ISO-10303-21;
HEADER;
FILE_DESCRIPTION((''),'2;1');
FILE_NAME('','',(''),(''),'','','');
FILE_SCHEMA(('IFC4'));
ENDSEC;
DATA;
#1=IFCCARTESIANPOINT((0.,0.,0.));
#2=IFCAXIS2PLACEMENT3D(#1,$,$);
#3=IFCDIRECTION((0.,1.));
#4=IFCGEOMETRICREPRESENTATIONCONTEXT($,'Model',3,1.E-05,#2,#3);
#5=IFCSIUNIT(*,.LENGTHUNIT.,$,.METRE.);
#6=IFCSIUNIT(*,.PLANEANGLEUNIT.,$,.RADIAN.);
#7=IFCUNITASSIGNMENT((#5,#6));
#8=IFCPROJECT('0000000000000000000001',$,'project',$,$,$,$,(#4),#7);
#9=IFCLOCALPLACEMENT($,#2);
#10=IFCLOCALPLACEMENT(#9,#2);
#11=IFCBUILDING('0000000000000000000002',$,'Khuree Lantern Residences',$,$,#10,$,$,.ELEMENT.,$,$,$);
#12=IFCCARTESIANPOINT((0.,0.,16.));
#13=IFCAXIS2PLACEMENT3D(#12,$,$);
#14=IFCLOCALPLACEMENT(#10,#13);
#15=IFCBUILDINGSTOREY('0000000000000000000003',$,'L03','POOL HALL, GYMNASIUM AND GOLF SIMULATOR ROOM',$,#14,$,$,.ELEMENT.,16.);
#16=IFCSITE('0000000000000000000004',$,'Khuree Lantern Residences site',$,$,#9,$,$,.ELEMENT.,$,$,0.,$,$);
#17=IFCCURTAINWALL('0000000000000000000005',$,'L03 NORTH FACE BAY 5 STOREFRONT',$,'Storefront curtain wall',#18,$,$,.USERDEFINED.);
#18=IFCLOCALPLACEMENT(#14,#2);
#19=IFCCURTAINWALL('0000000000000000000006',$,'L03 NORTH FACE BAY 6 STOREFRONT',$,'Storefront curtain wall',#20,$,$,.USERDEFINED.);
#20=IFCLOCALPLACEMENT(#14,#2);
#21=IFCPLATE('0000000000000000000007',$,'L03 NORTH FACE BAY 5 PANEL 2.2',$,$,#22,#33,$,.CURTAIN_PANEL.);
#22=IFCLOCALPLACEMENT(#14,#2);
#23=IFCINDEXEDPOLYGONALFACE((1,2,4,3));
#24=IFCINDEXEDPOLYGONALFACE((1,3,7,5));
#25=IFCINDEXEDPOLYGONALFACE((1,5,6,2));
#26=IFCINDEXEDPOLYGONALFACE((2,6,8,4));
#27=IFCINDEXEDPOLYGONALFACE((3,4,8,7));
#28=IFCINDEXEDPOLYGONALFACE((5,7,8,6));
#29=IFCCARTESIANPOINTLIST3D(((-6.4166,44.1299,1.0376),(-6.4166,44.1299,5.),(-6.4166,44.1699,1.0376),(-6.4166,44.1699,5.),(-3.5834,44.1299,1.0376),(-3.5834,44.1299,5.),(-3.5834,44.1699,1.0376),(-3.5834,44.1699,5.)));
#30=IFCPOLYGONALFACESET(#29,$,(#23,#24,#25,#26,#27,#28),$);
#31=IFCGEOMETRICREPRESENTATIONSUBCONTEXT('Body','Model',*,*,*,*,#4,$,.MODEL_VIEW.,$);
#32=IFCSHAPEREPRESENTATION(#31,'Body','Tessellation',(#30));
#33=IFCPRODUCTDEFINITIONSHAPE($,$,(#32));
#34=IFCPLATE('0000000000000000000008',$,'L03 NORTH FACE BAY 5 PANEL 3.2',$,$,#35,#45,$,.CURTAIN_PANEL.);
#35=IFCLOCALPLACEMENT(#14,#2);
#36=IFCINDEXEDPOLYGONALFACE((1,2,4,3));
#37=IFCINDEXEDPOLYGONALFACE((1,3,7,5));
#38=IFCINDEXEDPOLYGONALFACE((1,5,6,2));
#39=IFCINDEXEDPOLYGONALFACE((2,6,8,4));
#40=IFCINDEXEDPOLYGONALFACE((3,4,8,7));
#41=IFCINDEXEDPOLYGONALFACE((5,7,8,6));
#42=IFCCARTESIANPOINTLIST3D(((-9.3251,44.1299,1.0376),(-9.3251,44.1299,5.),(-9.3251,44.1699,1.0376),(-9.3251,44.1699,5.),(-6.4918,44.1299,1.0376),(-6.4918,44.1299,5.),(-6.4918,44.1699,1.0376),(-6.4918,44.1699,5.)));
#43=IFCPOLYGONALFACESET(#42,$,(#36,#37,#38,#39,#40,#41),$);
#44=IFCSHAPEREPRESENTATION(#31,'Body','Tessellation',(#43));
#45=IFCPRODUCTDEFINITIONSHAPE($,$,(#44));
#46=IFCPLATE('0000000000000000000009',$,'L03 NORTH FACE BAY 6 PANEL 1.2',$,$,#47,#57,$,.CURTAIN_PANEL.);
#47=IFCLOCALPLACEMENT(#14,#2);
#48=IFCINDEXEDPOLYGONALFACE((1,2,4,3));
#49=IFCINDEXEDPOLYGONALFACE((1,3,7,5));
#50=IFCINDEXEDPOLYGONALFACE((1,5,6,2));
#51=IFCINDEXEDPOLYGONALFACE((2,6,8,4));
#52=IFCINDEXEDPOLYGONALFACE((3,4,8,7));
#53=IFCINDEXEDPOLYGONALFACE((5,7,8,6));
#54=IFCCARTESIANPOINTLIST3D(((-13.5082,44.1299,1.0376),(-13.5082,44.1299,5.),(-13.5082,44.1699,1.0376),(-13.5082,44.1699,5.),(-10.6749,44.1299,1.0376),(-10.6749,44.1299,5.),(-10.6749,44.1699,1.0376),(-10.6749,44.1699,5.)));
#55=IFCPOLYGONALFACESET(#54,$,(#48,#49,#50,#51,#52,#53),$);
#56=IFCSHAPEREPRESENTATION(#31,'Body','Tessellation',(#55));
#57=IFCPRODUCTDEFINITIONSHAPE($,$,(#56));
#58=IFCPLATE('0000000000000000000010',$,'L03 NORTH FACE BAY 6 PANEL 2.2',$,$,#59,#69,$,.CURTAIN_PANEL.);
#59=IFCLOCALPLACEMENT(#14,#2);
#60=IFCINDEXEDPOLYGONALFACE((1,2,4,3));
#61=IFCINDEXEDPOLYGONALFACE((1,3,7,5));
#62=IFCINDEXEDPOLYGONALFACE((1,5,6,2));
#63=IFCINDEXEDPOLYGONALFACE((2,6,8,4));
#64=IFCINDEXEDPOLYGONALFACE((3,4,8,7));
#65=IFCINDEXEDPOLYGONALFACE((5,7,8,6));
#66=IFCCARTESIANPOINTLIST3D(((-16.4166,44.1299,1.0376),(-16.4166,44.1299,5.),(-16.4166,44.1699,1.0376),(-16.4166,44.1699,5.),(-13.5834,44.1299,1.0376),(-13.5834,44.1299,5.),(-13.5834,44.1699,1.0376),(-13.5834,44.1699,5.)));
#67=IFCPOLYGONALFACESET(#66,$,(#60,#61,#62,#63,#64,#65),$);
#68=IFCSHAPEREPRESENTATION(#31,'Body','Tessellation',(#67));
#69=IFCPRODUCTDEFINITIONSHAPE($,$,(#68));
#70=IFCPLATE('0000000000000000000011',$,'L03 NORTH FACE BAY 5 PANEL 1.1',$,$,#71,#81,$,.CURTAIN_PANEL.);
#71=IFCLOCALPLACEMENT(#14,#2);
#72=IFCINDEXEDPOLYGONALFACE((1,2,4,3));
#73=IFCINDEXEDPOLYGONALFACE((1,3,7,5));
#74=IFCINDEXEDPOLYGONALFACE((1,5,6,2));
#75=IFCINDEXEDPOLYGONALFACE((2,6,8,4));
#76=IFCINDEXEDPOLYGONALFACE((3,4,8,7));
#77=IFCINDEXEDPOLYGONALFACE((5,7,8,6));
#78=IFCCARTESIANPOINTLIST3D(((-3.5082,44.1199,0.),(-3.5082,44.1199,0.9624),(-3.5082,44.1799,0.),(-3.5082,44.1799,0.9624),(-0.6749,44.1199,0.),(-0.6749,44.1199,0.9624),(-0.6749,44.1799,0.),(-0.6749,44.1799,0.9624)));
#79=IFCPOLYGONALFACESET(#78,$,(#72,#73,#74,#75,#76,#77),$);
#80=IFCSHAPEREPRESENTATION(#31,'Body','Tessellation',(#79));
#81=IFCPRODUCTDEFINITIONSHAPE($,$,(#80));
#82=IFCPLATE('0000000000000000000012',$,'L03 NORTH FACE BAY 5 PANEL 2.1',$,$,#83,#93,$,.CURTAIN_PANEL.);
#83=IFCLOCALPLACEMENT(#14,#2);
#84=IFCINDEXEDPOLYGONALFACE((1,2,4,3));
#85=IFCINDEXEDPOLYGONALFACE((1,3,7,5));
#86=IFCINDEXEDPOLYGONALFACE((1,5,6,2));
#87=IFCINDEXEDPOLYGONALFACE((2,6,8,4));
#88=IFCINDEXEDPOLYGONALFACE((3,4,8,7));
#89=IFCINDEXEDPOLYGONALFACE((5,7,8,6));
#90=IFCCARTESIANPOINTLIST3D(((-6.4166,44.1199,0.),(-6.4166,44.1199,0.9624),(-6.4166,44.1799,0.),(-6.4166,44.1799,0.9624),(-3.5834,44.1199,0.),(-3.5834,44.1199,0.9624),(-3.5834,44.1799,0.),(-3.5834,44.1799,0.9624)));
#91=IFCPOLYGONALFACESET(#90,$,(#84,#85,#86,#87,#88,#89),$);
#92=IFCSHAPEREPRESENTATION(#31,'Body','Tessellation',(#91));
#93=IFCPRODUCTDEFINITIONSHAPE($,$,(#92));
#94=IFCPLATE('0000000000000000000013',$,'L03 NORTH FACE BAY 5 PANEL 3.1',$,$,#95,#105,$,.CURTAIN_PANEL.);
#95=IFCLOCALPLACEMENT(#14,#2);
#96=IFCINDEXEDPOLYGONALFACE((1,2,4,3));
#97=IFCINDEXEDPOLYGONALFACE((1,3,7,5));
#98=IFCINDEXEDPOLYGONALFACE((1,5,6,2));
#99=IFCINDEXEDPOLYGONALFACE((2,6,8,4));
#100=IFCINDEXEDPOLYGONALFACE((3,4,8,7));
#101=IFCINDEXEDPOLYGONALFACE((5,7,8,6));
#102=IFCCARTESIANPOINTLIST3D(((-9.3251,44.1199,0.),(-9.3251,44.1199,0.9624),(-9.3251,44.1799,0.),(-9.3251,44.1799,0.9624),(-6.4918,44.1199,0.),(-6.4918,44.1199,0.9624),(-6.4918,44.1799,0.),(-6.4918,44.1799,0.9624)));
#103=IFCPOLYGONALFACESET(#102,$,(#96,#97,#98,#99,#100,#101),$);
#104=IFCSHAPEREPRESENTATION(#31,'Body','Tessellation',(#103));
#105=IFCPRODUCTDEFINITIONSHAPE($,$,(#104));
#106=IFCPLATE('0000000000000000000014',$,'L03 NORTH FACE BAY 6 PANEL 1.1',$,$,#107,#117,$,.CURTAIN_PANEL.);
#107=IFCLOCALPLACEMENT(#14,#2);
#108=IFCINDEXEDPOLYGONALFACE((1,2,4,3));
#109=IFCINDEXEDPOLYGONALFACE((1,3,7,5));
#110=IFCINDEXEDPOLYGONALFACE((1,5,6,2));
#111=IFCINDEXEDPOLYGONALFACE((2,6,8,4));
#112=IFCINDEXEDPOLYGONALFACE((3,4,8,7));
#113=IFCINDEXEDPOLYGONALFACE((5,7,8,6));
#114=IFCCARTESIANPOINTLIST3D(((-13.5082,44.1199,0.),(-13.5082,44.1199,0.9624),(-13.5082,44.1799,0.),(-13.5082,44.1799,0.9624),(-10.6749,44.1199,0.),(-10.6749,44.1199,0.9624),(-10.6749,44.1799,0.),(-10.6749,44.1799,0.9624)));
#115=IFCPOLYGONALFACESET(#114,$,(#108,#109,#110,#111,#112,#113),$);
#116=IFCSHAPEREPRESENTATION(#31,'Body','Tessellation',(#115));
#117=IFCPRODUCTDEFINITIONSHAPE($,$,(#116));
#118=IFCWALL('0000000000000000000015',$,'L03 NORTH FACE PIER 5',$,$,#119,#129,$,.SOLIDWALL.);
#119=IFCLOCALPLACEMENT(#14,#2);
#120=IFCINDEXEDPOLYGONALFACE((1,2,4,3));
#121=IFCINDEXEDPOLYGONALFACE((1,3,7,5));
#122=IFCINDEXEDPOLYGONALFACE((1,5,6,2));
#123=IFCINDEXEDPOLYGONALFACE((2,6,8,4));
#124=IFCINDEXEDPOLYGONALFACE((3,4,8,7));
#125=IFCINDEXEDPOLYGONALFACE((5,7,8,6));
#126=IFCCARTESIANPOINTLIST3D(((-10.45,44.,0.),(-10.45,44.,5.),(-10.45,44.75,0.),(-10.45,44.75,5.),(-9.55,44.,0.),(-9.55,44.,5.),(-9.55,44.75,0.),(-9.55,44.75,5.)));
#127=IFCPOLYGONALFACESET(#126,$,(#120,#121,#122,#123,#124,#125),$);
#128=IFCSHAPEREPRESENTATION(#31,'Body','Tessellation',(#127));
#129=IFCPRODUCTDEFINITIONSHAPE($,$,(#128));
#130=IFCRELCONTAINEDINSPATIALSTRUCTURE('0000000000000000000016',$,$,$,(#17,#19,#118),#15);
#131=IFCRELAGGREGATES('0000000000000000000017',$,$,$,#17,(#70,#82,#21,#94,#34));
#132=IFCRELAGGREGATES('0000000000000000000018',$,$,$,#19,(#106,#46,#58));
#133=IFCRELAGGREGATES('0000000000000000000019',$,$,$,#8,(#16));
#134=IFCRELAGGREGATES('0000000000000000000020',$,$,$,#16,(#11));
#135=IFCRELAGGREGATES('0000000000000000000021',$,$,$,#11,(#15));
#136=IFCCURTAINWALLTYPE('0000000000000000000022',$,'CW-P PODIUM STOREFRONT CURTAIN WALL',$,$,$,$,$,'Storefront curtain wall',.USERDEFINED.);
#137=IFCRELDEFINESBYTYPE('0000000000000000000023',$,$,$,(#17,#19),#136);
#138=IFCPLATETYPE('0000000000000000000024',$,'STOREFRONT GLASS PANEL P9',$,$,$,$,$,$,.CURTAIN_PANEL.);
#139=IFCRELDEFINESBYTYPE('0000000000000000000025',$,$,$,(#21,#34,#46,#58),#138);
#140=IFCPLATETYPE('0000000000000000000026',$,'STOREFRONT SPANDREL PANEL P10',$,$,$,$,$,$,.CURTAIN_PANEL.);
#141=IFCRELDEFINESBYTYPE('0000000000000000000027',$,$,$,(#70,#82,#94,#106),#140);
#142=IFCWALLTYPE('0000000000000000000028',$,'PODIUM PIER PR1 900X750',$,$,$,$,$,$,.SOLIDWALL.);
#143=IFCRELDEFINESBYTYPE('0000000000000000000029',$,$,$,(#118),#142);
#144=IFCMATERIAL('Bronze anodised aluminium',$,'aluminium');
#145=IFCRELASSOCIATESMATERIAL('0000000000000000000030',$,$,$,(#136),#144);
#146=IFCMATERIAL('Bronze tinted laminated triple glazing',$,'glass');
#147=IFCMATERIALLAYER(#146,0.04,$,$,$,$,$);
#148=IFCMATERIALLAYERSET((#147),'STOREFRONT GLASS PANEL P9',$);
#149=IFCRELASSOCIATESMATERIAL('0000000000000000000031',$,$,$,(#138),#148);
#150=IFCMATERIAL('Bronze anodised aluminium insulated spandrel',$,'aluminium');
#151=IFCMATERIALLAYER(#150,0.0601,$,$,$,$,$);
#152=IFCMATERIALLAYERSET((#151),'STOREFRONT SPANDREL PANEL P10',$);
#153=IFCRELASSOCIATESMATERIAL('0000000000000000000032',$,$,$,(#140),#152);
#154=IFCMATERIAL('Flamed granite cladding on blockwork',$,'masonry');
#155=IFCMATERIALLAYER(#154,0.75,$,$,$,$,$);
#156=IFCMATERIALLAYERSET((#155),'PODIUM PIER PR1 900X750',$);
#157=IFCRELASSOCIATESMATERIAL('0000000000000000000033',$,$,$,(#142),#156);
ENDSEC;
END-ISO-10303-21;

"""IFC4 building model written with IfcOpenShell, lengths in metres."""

from ifc_helpers import new_model, si_unit, direction, frame, frame_2d, origin, origin_2d, place, context, subcontext, project, spatial, rectangle, extrude, material, layer, layer_set, type_object, element, aggregate, save


model = new_model("IFC4")

# Units and contexts
model_context = context("Model", 3, precision=1e-05, world=origin(), true_north=direction((0.0, 1.0)))
body_context = subcontext(model_context, "Body", "Model", "MODEL_VIEW")
ifc_project = project(units=[si_unit("LENGTHUNIT", "METRE"), si_unit("PLANEANGLEUNIT", "RADIAN")], contexts=[model_context])

# Site, building, storey
site_placement = place(None, origin())
site = spatial("IfcSite", under=ifc_project, at=site_placement, Name="Khuree Lantern Residences site", CompositionType="ELEMENT", RefElevation=0.0)
building_placement = place(site_placement, origin())
building = spatial("IfcBuilding", under=site, at=building_placement, Name="Khuree Lantern Residences", CompositionType="ELEMENT")
storey_placement = place(building_placement, frame((0.0, 0.0, 16.0)))
storey = spatial("IfcBuildingStorey", under=building, at=storey_placement, Name="L03", Description="POOL HALL, GYMNASIUM AND GOLF SIMULATOR ROOM", CompositionType="ELEMENT", Elevation=16.0)

# Curtain walls
ifc_material_1 = material(Name="Bronze anodised aluminium", Category="aluminium")
curtain_wall_type = type_object("IfcCurtainWallType", Name="CW-P PODIUM STOREFRONT CURTAIN WALL", ElementType="Storefront curtain wall", PredefinedType="USERDEFINED", material=ifc_material_1)
curtain_wall_1_placement = place(storey_placement, origin())
curtain_wall_1 = element("IfcCurtainWall", 1, at=curtain_wall_1_placement, inside=storey, type_object=curtain_wall_type, Name="L03 NORTH FACE BAY 5 STOREFRONT", ObjectType="Storefront curtain wall", PredefinedType="USERDEFINED")
curtain_wall_2_placement = place(storey_placement, origin())
curtain_wall_2 = element("IfcCurtainWall", 2, at=curtain_wall_2_placement, inside=storey, type_object=curtain_wall_type, Name="L03 NORTH FACE BAY 6 STOREFRONT", ObjectType="Storefront curtain wall", PredefinedType="USERDEFINED")

# Plates
ifc_material_2 = material(Name="Bronze tinted laminated triple glazing", Category="glass")
ifc_layer_1 = layer(ifc_material_2, 0.04)
ifc_layer_set_1 = layer_set([ifc_layer_1], Name="STOREFRONT GLASS PANEL P9")
plate_type_1 = type_object("IfcPlateType", Name="STOREFRONT GLASS PANEL P9", PredefinedType="CURTAIN_PANEL", material=ifc_layer_set_1)
plate_1_placement = place(storey_placement, frame((-5.0, 44.1499, 1.0376), z_axis=(0.0, 0.0, 1.0), x_axis=(-1.0, 0.0, 0.0)))
plate_1 = element("IfcPlate", 3, at=plate_1_placement, type_object=plate_type_1, Name="L03 NORTH FACE BAY 5 PANEL 2.2", PredefinedType="CURTAIN_PANEL", context=body_context, shape_type="SweptSolid", body=[
    extrude(rectangle(XDim=2.8333, YDim=0.04, at=origin_2d()), origin(), (0.0, 0.0, 1.0), 3.9624),
])
plate_2_placement = place(storey_placement, frame((-7.9084, 44.1499, 1.0376), z_axis=(0.0, 0.0, 1.0), x_axis=(-1.0, 0.0, 0.0)))
plate_2 = element("IfcPlate", 4, at=plate_2_placement, type_object=plate_type_1, Name="L03 NORTH FACE BAY 5 PANEL 3.2", PredefinedType="CURTAIN_PANEL", context=body_context, shape_type="SweptSolid", body=[
    extrude(rectangle(XDim=2.8333, YDim=0.04, at=origin_2d()), origin(), (0.0, 0.0, 1.0), 3.9624),
])
plate_3_placement = place(storey_placement, frame((-12.0916, 44.1499, 1.0376), z_axis=(0.0, 0.0, 1.0), x_axis=(-1.0, 0.0, 0.0)))
plate_3 = element("IfcPlate", 5, at=plate_3_placement, type_object=plate_type_1, Name="L03 NORTH FACE BAY 6 PANEL 1.2", PredefinedType="CURTAIN_PANEL", context=body_context, shape_type="SweptSolid", body=[
    extrude(rectangle(XDim=2.8333, YDim=0.04, at=origin_2d()), origin(), (0.0, 0.0, 1.0), 3.9624),
])
plate_4_placement = place(storey_placement, frame((-15.0, 44.1499, 1.0376), z_axis=(0.0, 0.0, 1.0), x_axis=(-1.0, 0.0, 0.0)))
plate_4 = element("IfcPlate", 6, at=plate_4_placement, type_object=plate_type_1, Name="L03 NORTH FACE BAY 6 PANEL 2.2", PredefinedType="CURTAIN_PANEL", context=body_context, shape_type="SweptSolid", body=[
    extrude(rectangle(XDim=2.8333, YDim=0.04, at=origin_2d()), origin(), (0.0, 0.0, 1.0), 3.9624),
])
ifc_material_3 = material(Name="Bronze anodised aluminium insulated spandrel", Category="aluminium")
ifc_layer_2 = layer(ifc_material_3, 0.0601)
ifc_layer_set_2 = layer_set([ifc_layer_2], Name="STOREFRONT SPANDREL PANEL P10")
plate_type_2 = type_object("IfcPlateType", Name="STOREFRONT SPANDREL PANEL P10", PredefinedType="CURTAIN_PANEL", material=ifc_layer_set_2)
plate_5_placement = place(storey_placement, frame((-2.0916, 44.1499, 0.0), z_axis=(0.0, 0.0, 1.0), x_axis=(-1.0, 0.0, 0.0)))
plate_5 = element("IfcPlate", 7, at=plate_5_placement, type_object=plate_type_2, Name="L03 NORTH FACE BAY 5 PANEL 1.1", PredefinedType="CURTAIN_PANEL", context=body_context, shape_type="SweptSolid", body=[
    extrude(rectangle(XDim=2.8333, YDim=0.0601, at=origin_2d()), origin(), (0.0, 0.0, 1.0), 0.9624),
])
plate_6_placement = place(storey_placement, frame((-5.0, 44.1499, 0.0), z_axis=(0.0, 0.0, 1.0), x_axis=(-1.0, 0.0, 0.0)))
plate_6 = element("IfcPlate", 8, at=plate_6_placement, type_object=plate_type_2, Name="L03 NORTH FACE BAY 5 PANEL 2.1", PredefinedType="CURTAIN_PANEL", context=body_context, shape_type="SweptSolid", body=[
    extrude(rectangle(XDim=2.8333, YDim=0.0601, at=origin_2d()), origin(), (0.0, 0.0, 1.0), 0.9624),
])
plate_7_placement = place(storey_placement, frame((-7.9084, 44.1499, 0.0), z_axis=(0.0, 0.0, 1.0), x_axis=(-1.0, 0.0, 0.0)))
plate_7 = element("IfcPlate", 9, at=plate_7_placement, type_object=plate_type_2, Name="L03 NORTH FACE BAY 5 PANEL 3.1", PredefinedType="CURTAIN_PANEL", context=body_context, shape_type="SweptSolid", body=[
    extrude(rectangle(XDim=2.8333, YDim=0.0601, at=origin_2d()), origin(), (0.0, 0.0, 1.0), 0.9624),
])
aggregate(curtain_wall_1, [plate_5, plate_6, plate_1, plate_7, plate_2])
plate_8_placement = place(storey_placement, frame((-12.0916, 44.1499, 0.0), z_axis=(0.0, 0.0, 1.0), x_axis=(-1.0, 0.0, 0.0)))
plate_8 = element("IfcPlate", 10, at=plate_8_placement, type_object=plate_type_2, Name="L03 NORTH FACE BAY 6 PANEL 1.1", PredefinedType="CURTAIN_PANEL", context=body_context, shape_type="SweptSolid", body=[
    extrude(rectangle(XDim=2.8333, YDim=0.0601, at=origin_2d()), origin(), (0.0, 0.0, 1.0), 0.9624),
])
aggregate(curtain_wall_2, [plate_8, plate_3, plate_4])

# Wall
ifc_material_4 = material(Name="Flamed granite cladding on blockwork", Category="masonry")
ifc_layer_3 = layer(ifc_material_4, 0.75)
ifc_layer_set_3 = layer_set([ifc_layer_3], Name="PODIUM PIER PR1 900X750")
wall_type = type_object("IfcWallType", Name="PODIUM PIER PR1 900X750", PredefinedType="SOLIDWALL", material=ifc_layer_set_3)
wall_placement = place(storey_placement, frame((-9.55, 44.375, 0.0), z_axis=(0.0, 0.0, 1.0), x_axis=(-1.0, 0.0, 0.0)))
element("IfcWall", 11, at=wall_placement, inside=storey, type_object=wall_type, Name="L03 NORTH FACE PIER 5", PredefinedType="SOLIDWALL", context=body_context, shape_type="SweptSolid", body=[
    extrude(rectangle(XDim=0.8999, YDim=0.75, at=frame_2d((0.45, 0.0))), origin(), (0.0, 0.0, 1.0), 5.0),
])

save(model, "model.ifc")
